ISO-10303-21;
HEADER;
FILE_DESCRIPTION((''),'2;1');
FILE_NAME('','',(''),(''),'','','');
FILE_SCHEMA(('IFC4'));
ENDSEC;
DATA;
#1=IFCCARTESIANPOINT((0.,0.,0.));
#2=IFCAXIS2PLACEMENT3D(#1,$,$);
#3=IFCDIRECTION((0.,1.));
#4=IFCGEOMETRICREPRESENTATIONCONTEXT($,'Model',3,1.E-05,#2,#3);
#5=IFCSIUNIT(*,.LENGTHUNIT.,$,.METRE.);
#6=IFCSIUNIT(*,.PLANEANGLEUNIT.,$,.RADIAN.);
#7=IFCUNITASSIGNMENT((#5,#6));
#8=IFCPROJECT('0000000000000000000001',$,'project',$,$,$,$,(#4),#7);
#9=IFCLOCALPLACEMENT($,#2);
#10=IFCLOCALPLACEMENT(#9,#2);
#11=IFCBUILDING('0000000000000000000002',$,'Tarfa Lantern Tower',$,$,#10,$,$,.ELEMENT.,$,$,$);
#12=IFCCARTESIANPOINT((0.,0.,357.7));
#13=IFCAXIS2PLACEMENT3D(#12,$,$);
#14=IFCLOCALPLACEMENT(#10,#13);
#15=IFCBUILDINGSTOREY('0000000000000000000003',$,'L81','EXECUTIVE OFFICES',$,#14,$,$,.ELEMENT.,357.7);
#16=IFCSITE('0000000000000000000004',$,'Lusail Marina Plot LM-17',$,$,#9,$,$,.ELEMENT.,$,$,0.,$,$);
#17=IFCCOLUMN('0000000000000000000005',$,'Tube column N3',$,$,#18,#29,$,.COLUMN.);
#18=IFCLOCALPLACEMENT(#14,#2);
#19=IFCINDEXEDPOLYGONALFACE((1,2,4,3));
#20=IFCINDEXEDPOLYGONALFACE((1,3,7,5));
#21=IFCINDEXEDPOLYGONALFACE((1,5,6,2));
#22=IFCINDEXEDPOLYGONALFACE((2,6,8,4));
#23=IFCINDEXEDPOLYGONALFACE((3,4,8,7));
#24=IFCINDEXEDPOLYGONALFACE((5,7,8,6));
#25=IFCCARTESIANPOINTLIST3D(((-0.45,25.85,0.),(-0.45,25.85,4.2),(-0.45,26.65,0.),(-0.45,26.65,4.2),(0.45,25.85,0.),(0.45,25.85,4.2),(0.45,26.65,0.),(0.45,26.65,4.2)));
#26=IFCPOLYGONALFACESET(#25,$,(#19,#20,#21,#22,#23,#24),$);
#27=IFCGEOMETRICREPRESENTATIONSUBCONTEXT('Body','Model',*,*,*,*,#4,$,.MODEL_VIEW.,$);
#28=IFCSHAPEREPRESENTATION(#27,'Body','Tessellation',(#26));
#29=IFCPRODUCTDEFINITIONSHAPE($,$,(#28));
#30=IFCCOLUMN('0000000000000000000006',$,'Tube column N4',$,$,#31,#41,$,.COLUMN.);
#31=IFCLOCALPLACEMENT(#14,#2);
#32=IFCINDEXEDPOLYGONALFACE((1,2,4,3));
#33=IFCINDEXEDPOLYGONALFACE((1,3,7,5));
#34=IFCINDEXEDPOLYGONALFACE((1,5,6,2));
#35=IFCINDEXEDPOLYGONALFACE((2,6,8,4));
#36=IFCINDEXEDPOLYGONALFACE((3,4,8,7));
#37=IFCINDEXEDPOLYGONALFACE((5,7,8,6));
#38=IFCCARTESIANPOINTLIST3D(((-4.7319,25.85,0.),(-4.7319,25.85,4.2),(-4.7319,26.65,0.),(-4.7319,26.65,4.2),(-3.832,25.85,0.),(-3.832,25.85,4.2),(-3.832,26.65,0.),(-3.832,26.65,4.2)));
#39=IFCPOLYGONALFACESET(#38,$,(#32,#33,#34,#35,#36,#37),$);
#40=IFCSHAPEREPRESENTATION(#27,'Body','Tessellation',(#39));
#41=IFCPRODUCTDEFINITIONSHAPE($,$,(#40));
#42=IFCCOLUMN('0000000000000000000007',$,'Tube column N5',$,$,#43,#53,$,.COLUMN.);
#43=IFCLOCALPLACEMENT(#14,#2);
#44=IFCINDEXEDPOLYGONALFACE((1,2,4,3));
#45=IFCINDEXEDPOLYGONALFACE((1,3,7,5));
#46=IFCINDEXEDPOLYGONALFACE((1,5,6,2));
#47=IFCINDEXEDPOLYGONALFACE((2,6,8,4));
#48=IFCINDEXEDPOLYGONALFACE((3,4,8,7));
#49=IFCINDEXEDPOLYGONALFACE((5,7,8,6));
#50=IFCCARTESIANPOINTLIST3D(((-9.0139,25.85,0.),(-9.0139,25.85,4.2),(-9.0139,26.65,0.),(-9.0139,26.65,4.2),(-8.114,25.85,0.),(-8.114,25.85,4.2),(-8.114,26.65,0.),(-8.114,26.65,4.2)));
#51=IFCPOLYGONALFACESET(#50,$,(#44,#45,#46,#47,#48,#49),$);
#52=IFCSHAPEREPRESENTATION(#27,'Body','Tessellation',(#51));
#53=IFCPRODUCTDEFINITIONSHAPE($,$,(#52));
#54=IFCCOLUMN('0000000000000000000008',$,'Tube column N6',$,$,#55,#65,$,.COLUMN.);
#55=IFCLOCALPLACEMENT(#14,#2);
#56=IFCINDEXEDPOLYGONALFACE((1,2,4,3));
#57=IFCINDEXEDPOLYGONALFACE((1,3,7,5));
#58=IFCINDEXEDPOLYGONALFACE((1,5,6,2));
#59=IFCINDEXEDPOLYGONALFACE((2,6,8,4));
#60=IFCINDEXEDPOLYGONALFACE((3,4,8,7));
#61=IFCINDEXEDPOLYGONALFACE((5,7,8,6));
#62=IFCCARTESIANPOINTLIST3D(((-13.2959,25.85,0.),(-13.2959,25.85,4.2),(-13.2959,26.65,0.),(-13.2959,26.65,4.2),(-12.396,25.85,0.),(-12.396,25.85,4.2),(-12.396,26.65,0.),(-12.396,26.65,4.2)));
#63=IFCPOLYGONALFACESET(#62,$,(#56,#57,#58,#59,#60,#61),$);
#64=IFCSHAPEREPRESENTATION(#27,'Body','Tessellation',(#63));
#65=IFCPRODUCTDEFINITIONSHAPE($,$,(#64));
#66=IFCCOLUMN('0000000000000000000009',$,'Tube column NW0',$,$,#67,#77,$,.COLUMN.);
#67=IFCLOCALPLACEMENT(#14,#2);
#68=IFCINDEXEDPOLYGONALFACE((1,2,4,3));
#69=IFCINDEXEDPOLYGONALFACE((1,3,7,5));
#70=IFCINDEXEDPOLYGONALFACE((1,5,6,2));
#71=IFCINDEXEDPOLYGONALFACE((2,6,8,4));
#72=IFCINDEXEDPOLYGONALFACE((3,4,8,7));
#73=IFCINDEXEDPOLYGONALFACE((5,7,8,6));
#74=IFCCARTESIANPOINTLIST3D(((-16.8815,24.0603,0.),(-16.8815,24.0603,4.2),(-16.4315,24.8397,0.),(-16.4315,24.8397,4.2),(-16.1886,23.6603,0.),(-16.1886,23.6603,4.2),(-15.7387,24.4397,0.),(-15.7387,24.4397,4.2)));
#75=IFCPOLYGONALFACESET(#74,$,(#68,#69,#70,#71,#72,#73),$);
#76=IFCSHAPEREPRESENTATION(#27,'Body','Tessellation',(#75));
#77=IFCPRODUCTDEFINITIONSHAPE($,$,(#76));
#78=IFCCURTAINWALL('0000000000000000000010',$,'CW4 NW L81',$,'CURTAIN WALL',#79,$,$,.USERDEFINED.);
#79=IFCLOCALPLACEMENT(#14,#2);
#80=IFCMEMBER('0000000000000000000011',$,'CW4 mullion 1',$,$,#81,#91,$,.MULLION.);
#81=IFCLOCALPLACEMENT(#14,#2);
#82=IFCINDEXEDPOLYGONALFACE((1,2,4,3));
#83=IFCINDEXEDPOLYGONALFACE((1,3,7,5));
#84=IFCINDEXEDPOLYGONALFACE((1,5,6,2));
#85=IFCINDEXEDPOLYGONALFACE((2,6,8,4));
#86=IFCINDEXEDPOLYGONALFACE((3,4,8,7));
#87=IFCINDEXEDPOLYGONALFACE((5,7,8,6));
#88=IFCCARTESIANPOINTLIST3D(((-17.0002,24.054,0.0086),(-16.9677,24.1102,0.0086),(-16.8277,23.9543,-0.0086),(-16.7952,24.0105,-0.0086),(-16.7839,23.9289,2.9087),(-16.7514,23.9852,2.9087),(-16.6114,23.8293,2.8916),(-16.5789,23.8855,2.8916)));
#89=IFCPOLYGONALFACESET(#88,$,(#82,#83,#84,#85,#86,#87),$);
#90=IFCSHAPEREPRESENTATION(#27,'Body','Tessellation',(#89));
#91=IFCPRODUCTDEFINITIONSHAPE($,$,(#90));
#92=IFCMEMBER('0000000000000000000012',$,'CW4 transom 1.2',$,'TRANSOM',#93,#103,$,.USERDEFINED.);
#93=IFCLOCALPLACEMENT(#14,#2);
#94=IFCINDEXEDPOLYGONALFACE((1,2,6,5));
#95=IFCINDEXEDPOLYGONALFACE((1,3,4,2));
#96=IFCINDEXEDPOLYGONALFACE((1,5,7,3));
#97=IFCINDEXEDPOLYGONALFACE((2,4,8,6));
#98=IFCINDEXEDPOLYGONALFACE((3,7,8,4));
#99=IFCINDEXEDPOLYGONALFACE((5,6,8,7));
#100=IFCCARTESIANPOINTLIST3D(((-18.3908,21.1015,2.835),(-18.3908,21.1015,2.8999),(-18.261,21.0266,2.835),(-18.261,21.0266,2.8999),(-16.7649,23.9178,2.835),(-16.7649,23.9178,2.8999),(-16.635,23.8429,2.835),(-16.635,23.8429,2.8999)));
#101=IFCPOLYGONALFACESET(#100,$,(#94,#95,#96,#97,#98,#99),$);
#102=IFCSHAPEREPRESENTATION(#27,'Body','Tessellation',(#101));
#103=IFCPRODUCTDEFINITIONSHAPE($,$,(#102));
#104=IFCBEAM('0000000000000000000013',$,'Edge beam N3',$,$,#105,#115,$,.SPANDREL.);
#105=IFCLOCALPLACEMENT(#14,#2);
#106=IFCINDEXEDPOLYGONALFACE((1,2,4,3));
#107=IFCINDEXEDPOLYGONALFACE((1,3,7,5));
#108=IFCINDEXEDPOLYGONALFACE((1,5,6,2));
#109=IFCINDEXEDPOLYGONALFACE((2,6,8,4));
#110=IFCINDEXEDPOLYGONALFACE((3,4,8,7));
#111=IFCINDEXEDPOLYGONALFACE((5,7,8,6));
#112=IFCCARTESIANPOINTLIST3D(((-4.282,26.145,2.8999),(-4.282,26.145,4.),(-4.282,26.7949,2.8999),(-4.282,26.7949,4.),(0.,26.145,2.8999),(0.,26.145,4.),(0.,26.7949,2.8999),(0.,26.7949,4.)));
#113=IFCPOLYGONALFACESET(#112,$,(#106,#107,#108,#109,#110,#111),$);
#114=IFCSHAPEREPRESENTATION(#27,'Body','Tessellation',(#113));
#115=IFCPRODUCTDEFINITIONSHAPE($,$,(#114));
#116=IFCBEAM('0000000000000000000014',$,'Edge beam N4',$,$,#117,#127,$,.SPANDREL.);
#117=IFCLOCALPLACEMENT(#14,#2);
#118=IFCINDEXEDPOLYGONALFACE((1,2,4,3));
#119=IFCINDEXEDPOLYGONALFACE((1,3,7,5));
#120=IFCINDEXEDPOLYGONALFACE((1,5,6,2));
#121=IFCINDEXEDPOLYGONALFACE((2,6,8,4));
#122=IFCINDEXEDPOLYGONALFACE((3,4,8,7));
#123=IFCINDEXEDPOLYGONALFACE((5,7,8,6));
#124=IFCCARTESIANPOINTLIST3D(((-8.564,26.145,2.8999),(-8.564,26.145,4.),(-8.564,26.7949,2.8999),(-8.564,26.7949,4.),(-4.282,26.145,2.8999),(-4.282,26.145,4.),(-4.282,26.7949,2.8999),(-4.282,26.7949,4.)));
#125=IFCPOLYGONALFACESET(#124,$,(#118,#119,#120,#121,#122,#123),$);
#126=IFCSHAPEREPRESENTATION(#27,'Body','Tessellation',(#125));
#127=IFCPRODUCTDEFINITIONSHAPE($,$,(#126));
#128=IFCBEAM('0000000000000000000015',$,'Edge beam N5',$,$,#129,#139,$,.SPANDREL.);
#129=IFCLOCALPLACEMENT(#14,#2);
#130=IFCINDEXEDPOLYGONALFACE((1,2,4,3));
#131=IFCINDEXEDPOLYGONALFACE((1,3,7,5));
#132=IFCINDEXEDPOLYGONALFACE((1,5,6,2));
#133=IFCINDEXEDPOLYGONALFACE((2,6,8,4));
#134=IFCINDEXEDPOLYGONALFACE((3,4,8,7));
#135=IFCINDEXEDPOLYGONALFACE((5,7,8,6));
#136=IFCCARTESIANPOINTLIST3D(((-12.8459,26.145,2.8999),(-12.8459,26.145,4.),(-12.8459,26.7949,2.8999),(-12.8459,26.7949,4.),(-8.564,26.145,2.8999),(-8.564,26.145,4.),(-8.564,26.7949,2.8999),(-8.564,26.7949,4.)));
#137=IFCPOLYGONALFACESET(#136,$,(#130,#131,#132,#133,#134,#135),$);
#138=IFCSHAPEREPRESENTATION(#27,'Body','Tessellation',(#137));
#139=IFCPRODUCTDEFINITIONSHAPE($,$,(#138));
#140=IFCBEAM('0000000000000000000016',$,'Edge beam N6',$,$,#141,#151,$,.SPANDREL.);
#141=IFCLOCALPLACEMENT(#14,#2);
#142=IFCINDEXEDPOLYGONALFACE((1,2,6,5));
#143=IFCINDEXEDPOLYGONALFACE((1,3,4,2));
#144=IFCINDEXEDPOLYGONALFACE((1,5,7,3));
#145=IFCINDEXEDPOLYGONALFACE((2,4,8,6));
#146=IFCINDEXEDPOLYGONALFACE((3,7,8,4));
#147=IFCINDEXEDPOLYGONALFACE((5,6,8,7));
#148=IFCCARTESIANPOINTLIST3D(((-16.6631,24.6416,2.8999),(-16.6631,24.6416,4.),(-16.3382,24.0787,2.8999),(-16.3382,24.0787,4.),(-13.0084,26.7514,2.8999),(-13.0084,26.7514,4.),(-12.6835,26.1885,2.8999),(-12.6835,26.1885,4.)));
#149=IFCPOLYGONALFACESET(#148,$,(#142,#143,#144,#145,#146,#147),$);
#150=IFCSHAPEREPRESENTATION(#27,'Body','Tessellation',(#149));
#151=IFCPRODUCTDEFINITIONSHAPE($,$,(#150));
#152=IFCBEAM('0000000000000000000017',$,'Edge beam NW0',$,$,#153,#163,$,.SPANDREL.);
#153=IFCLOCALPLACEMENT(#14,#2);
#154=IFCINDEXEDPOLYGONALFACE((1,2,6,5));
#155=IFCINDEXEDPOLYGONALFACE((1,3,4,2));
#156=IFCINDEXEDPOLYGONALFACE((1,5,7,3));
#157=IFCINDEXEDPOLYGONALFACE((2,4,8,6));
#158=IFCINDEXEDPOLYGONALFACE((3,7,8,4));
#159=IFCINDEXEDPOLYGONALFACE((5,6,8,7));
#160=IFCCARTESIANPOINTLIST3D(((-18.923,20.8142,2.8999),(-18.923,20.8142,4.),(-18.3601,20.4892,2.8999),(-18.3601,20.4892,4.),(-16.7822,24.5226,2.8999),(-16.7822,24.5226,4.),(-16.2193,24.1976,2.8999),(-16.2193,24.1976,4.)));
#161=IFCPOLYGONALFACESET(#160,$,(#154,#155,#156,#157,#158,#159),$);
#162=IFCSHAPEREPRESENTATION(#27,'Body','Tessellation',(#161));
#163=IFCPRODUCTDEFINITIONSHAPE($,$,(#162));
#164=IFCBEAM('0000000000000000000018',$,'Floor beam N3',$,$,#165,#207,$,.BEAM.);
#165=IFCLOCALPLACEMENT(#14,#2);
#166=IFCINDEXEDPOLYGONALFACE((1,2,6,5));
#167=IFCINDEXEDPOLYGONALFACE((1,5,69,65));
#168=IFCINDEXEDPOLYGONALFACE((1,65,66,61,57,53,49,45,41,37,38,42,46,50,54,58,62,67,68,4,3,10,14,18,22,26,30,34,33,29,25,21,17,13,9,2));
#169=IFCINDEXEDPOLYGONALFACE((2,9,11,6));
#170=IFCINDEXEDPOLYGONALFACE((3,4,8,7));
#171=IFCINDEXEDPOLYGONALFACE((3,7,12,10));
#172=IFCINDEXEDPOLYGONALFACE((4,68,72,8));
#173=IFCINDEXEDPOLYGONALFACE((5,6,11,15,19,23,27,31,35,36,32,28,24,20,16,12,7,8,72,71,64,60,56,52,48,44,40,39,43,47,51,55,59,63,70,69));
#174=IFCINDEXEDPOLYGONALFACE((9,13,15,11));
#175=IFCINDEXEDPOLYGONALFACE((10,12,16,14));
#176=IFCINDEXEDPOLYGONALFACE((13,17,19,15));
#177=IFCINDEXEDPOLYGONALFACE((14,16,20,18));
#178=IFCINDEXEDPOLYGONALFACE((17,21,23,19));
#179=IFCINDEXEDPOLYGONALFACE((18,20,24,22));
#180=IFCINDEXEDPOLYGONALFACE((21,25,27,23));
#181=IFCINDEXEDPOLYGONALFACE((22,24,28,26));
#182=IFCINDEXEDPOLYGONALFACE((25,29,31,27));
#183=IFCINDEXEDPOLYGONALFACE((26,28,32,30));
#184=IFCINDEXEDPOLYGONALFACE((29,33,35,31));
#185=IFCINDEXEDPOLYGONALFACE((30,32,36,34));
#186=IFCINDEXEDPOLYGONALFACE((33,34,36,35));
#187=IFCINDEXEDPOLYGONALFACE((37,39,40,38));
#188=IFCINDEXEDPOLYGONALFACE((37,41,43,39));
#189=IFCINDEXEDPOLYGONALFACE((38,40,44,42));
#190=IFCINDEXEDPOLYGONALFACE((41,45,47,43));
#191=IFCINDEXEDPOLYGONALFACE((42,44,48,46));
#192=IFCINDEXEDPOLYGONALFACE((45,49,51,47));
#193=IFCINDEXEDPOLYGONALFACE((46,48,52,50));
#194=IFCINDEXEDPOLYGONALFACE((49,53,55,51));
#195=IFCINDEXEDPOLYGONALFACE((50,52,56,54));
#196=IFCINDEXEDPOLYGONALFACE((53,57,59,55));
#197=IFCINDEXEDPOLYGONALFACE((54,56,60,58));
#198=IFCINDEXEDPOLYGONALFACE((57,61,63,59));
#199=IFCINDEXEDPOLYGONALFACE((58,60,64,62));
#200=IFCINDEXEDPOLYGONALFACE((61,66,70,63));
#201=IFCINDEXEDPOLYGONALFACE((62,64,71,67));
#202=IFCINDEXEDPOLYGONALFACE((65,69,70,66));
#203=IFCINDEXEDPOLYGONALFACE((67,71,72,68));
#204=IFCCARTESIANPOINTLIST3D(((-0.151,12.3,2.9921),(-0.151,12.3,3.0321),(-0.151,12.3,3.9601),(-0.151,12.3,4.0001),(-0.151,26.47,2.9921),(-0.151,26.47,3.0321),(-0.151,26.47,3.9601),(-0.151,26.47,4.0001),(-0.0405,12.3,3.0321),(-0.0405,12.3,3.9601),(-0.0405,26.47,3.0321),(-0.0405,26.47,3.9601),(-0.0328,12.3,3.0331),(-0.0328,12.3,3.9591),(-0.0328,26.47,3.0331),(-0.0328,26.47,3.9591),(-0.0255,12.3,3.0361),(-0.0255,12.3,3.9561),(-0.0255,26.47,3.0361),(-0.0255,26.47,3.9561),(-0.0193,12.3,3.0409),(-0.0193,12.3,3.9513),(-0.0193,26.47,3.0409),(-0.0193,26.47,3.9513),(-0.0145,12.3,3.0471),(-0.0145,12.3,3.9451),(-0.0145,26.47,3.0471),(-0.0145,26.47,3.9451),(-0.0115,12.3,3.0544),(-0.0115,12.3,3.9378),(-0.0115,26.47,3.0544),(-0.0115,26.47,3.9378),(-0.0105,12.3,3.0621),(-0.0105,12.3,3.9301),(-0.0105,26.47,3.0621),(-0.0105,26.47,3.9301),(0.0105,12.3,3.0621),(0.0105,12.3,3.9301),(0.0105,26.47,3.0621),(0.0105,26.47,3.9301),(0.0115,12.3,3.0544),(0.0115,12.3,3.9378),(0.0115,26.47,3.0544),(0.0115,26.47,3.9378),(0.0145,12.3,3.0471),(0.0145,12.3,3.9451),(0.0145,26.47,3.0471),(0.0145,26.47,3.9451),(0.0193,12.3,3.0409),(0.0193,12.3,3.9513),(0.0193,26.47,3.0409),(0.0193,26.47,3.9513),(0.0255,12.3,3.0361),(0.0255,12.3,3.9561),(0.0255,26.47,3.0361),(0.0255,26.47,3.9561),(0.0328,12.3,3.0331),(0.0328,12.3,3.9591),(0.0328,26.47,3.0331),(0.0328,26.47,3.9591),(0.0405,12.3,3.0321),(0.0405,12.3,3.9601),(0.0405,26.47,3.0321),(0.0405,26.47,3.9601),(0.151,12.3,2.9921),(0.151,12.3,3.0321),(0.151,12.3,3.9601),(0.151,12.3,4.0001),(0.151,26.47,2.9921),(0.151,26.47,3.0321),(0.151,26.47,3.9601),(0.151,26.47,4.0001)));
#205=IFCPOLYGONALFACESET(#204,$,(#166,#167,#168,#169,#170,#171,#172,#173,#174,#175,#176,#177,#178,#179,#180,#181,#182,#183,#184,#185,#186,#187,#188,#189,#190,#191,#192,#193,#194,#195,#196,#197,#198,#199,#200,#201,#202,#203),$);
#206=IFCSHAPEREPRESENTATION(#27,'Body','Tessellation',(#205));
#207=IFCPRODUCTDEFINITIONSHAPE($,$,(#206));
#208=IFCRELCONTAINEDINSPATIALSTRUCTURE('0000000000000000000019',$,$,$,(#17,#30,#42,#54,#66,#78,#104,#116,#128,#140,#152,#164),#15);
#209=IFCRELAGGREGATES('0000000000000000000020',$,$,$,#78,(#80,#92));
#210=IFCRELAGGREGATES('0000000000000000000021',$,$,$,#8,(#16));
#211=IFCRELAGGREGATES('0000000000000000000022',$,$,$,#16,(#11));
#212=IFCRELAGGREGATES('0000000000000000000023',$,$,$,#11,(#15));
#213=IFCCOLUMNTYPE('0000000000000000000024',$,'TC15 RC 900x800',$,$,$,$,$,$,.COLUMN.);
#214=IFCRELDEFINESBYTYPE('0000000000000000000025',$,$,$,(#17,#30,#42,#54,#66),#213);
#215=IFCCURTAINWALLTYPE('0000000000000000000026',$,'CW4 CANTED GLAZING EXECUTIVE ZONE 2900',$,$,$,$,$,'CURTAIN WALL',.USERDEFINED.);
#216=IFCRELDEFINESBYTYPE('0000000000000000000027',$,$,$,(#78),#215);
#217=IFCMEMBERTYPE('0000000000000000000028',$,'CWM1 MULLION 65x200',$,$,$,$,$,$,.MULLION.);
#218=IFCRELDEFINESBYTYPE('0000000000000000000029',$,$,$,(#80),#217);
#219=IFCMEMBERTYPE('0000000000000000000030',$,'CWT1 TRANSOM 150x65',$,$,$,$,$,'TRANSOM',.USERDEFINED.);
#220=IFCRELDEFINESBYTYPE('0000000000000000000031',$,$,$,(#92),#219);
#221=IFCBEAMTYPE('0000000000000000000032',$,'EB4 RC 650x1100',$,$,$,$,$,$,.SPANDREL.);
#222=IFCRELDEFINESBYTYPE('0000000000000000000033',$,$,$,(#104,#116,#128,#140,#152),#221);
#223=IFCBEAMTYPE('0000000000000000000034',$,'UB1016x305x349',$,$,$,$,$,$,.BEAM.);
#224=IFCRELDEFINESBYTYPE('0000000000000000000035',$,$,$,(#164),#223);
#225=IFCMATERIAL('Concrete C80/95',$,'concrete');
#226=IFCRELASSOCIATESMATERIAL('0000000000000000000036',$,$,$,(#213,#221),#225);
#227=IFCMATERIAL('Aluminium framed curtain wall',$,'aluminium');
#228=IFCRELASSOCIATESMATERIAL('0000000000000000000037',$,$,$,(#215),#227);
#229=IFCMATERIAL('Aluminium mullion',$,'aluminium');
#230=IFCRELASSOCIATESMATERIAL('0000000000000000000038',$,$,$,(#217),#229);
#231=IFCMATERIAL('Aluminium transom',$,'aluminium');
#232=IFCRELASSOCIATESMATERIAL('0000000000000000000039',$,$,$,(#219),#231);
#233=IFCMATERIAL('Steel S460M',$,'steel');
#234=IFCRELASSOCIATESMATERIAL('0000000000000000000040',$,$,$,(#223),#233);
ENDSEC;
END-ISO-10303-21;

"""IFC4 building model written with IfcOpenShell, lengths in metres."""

from ifc_helpers import new_model, si_unit, direction, frame, origin, origin_2d, place, context, subcontext, project, spatial, rectangle, i_section, extrude, material, material_profile, profile_set, type_object, element, aggregate, save


model = new_model("IFC4")

# Units and contexts
model_context = context("Model", 3, precision=1e-05, world=origin(), true_north=direction((0.0, 1.0)))
body_context = subcontext(model_context, "Body", "Model", "MODEL_VIEW")
ifc_project = project(units=[si_unit("LENGTHUNIT", "METRE"), si_unit("PLANEANGLEUNIT", "RADIAN")], contexts=[model_context])

# Site, building, storey
site_placement = place(None, origin())
site = spatial("IfcSite", under=ifc_project, at=site_placement, Name="Lusail Marina Plot LM-17", CompositionType="ELEMENT", RefElevation=0.0)
building_placement = place(site_placement, origin())
building = spatial("IfcBuilding", under=site, at=building_placement, Name="Tarfa Lantern Tower", CompositionType="ELEMENT")
storey_placement = place(building_placement, frame((0.0, 0.0, 357.7)))
storey = spatial("IfcBuildingStorey", under=building, at=storey_placement, Name="L81", Description="EXECUTIVE OFFICES", CompositionType="ELEMENT", Elevation=357.7)

# Columns
ifc_material_1 = material(Name="Concrete C80/95", Category="concrete")
ifc_material_profile_1 = material_profile(ifc_material_1, rectangle(XDim=0.8999, YDim=0.8, at=origin_2d()), Name="RC 900x800")
ifc_profile_set_1 = profile_set([ifc_material_profile_1], Name="Concrete C80/95")
column_type = type_object("IfcColumnType", Name="TC15 RC 900x800", PredefinedType="COLUMN", material=ifc_profile_set_1)
for number, where, z_axis, x_axis, name in (
    (1, (0.0, 26.25, 0.0), (0.0, 0.0, 1.0), (-1.0, 0.0, 0.0), "Tube column N3"),
    (2, (-4.282, 26.25, 0.0), (0.0, 0.0, 1.0), (-1.0, 0.0, 0.0), "Tube column N4"),
    (3, (-8.564, 26.25, 0.0), (0.0, 0.0, 1.0), (-1.0, 0.0, 0.0), "Tube column N5"),
    (4, (-12.8459, 26.25, 0.0), (0.0, 0.0, 1.0), (-1.0, 0.0, 0.0), "Tube column N6"),
    (5, (-16.3101, 24.25, 0.0), (0.0, 0.0, 1.0), (-0.5, -0.866025, 0.0), "Tube column NW0"),
):
    element("IfcColumn", number, at=place(storey_placement, frame(where, z_axis=z_axis, x_axis=x_axis)), inside=storey, type_object=column_type, Name=name, PredefinedType="COLUMN", context=body_context, shape_type="SweptSolid", body=[
        extrude(rectangle(XDim=0.8999, YDim=0.8, at=origin_2d()), origin(), (0.0, 0.0, 1.0), 4.2),
    ])

# Curtain wall, members
ifc_material_2 = material(Name="Aluminium framed curtain wall", Category="aluminium")
curtain_wall_type = type_object("IfcCurtainWallType", Name="CW4 CANTED GLAZING EXECUTIVE ZONE 2900", ElementType="CURTAIN WALL", PredefinedType="USERDEFINED", material=ifc_material_2)
curtain_wall_placement = place(storey_placement, origin())
curtain_wall = element("IfcCurtainWall", 6, at=curtain_wall_placement, inside=storey, type_object=curtain_wall_type, Name="CW4 NW L81", ObjectType="CURTAIN WALL", PredefinedType="USERDEFINED")
ifc_material_3 = material(Name="Aluminium mullion", Category="aluminium")
ifc_material_profile_2 = material_profile(ifc_material_3, rectangle(XDim=0.0649, YDim=0.2, at=origin_2d()), Name="AL MULLION 65x200")
ifc_profile_set_2 = profile_set([ifc_material_profile_2], Name="Aluminium mullion")
member_type_1 = type_object("IfcMemberType", Name="CWM1 MULLION 65x200", PredefinedType="MULLION", material=ifc_profile_set_2)
member_1_placement = place(storey_placement, frame((-16.8977, 24.0322, 0.0), z_axis=(0.07431, -0.042942, 0.99631), x_axis=(0.500343, 0.865827, 0.0)))
member_1 = element("IfcMember", 7, at=member_1_placement, type_object=member_type_1, Name="CW4 mullion 1", PredefinedType="MULLION", context=body_context, shape_type="SweptSolid", body=[
    extrude(rectangle(XDim=0.0649, YDim=0.2, at=origin_2d()), origin(), (0.0, 0.0, 1.0), 2.9109),
])
ifc_material_4 = material(Name="Aluminium transom", Category="aluminium")
ifc_material_profile_3 = material_profile(ifc_material_4, rectangle(XDim=0.1499, YDim=0.0649, at=origin_2d()), Name="AL TRANSOM 150x65")
ifc_profile_set_3 = profile_set([ifc_material_profile_3], Name="Aluminium transom")
member_type_2 = type_object("IfcMemberType", Name="CWT1 TRANSOM 150x65", ElementType="TRANSOM", PredefinedType="USERDEFINED", material=ifc_profile_set_3)
member_2_placement = place(storey_placement, frame((-16.7, 23.8804, 2.8674), z_axis=(-0.499982, -0.866036, 0.0), x_axis=(0.866036, -0.499982, 0.0)))
member_2 = element("IfcMember", 8, at=member_2_placement, type_object=member_type_2, Name="CW4 transom 1.2", ObjectType="TRANSOM", PredefinedType="USERDEFINED", context=body_context, shape_type="SweptSolid", body=[
    extrude(rectangle(XDim=0.1499, YDim=0.0649, at=origin_2d()), origin(), (0.0, 0.0, 1.0), 3.252),
])
aggregate(curtain_wall, [member_1, member_2])

# Beams
ifc_material_profile_4 = material_profile(ifc_material_1, rectangle(XDim=0.6499, YDim=1.1001, at=origin_2d()), Name="RC 650x1100")
ifc_profile_set_4 = profile_set([ifc_material_profile_4], Name="Concrete C80/95")
beam_type_1 = type_object("IfcBeamType", Name="EB4 RC 650x1100", PredefinedType="SPANDREL", material=ifc_profile_set_4)
for number, where, z_axis, x_axis, name in (
    (9, (0.0, 26.47, 3.45), (-1.0, 0.0, 0.0), (0.0, -1.0, 0.0), "Edge beam N3"),
    (10, (-4.282, 26.47, 3.45), (-1.0, 0.0, 0.0), (0.0, -1.0, 0.0), "Edge beam N4"),
    (11, (-8.564, 26.47, 3.45), (-1.0, 0.0, 0.0), (0.0, -1.0, 0.0), "Edge beam N5"),
):
    element("IfcBeam", number, at=place(storey_placement, frame(where, z_axis=z_axis, x_axis=x_axis)), inside=storey, type_object=beam_type_1, Name=name, PredefinedType="SPANDREL", context=body_context, shape_type="SweptSolid", body=[
        extrude(rectangle(XDim=0.6499, YDim=1.1001, at=origin_2d()), origin(), (0.0, 0.0, 1.0), 4.282),
    ])
beam_1_placement = place(storey_placement, frame((-12.8459, 26.47, 3.45), z_axis=(-0.866049, -0.499959, 0.0), x_axis=(0.499959, -0.866049, 0.0)))
element("IfcBeam", 12, at=beam_1_placement, inside=storey, type_object=beam_type_1, Name="Edge beam N6", PredefinedType="SPANDREL", context=body_context, shape_type="SweptSolid", body=[
    extrude(rectangle(XDim=0.6499, YDim=1.1001, at=origin_2d()), origin(), (0.0, 0.0, 1.0), 4.22),
])
beam_2_placement = place(storey_placement, frame((-16.5007, 24.3601, 3.45), z_axis=(-0.499959, -0.866049, 0.0), x_axis=(0.866049, -0.499959, 0.0)))
element("IfcBeam", 13, at=beam_2_placement, inside=storey, type_object=beam_type_1, Name="Edge beam NW0", PredefinedType="SPANDREL", context=body_context, shape_type="SweptSolid", body=[
    extrude(rectangle(XDim=0.6499, YDim=1.1001, at=origin_2d()), origin(), (0.0, 0.0, 1.0), 4.282),
])
ifc_material_5 = material(Name="Steel S460M", Category="steel")
ifc_material_profile_5 = material_profile(ifc_material_5, i_section(OverallWidth=0.302, OverallDepth=1.0081, WebThickness=0.021, FlangeThickness=0.04, FilletRadius=0.03, at=origin_2d()), Name="UB1016x305x349")
ifc_profile_set_5 = profile_set([ifc_material_profile_5], Name="Steel S460M")
beam_type_2 = type_object("IfcBeamType", Name="UB1016x305x349", PredefinedType="BEAM", material=ifc_profile_set_5)
for number, where, z_axis, x_axis, name in (
    (14, (0.0, 26.47, 3.4961), (0.0, -1.0, 0.0), (1.0, 0.0, 0.0), "Floor beam N3"),
):
    element("IfcBeam", number, at=place(storey_placement, frame(where, z_axis=z_axis, x_axis=x_axis)), inside=storey, type_object=beam_type_2, Name=name, PredefinedType="BEAM", context=body_context, shape_type="SweptSolid", body=[
        extrude(i_section(OverallWidth=0.302, OverallDepth=1.0081, WebThickness=0.021, FlangeThickness=0.04, FilletRadius=0.03, at=origin_2d()), origin(), (0.0, 0.0, 1.0), 14.1699),
    ])

save(model, "model.ifc")
